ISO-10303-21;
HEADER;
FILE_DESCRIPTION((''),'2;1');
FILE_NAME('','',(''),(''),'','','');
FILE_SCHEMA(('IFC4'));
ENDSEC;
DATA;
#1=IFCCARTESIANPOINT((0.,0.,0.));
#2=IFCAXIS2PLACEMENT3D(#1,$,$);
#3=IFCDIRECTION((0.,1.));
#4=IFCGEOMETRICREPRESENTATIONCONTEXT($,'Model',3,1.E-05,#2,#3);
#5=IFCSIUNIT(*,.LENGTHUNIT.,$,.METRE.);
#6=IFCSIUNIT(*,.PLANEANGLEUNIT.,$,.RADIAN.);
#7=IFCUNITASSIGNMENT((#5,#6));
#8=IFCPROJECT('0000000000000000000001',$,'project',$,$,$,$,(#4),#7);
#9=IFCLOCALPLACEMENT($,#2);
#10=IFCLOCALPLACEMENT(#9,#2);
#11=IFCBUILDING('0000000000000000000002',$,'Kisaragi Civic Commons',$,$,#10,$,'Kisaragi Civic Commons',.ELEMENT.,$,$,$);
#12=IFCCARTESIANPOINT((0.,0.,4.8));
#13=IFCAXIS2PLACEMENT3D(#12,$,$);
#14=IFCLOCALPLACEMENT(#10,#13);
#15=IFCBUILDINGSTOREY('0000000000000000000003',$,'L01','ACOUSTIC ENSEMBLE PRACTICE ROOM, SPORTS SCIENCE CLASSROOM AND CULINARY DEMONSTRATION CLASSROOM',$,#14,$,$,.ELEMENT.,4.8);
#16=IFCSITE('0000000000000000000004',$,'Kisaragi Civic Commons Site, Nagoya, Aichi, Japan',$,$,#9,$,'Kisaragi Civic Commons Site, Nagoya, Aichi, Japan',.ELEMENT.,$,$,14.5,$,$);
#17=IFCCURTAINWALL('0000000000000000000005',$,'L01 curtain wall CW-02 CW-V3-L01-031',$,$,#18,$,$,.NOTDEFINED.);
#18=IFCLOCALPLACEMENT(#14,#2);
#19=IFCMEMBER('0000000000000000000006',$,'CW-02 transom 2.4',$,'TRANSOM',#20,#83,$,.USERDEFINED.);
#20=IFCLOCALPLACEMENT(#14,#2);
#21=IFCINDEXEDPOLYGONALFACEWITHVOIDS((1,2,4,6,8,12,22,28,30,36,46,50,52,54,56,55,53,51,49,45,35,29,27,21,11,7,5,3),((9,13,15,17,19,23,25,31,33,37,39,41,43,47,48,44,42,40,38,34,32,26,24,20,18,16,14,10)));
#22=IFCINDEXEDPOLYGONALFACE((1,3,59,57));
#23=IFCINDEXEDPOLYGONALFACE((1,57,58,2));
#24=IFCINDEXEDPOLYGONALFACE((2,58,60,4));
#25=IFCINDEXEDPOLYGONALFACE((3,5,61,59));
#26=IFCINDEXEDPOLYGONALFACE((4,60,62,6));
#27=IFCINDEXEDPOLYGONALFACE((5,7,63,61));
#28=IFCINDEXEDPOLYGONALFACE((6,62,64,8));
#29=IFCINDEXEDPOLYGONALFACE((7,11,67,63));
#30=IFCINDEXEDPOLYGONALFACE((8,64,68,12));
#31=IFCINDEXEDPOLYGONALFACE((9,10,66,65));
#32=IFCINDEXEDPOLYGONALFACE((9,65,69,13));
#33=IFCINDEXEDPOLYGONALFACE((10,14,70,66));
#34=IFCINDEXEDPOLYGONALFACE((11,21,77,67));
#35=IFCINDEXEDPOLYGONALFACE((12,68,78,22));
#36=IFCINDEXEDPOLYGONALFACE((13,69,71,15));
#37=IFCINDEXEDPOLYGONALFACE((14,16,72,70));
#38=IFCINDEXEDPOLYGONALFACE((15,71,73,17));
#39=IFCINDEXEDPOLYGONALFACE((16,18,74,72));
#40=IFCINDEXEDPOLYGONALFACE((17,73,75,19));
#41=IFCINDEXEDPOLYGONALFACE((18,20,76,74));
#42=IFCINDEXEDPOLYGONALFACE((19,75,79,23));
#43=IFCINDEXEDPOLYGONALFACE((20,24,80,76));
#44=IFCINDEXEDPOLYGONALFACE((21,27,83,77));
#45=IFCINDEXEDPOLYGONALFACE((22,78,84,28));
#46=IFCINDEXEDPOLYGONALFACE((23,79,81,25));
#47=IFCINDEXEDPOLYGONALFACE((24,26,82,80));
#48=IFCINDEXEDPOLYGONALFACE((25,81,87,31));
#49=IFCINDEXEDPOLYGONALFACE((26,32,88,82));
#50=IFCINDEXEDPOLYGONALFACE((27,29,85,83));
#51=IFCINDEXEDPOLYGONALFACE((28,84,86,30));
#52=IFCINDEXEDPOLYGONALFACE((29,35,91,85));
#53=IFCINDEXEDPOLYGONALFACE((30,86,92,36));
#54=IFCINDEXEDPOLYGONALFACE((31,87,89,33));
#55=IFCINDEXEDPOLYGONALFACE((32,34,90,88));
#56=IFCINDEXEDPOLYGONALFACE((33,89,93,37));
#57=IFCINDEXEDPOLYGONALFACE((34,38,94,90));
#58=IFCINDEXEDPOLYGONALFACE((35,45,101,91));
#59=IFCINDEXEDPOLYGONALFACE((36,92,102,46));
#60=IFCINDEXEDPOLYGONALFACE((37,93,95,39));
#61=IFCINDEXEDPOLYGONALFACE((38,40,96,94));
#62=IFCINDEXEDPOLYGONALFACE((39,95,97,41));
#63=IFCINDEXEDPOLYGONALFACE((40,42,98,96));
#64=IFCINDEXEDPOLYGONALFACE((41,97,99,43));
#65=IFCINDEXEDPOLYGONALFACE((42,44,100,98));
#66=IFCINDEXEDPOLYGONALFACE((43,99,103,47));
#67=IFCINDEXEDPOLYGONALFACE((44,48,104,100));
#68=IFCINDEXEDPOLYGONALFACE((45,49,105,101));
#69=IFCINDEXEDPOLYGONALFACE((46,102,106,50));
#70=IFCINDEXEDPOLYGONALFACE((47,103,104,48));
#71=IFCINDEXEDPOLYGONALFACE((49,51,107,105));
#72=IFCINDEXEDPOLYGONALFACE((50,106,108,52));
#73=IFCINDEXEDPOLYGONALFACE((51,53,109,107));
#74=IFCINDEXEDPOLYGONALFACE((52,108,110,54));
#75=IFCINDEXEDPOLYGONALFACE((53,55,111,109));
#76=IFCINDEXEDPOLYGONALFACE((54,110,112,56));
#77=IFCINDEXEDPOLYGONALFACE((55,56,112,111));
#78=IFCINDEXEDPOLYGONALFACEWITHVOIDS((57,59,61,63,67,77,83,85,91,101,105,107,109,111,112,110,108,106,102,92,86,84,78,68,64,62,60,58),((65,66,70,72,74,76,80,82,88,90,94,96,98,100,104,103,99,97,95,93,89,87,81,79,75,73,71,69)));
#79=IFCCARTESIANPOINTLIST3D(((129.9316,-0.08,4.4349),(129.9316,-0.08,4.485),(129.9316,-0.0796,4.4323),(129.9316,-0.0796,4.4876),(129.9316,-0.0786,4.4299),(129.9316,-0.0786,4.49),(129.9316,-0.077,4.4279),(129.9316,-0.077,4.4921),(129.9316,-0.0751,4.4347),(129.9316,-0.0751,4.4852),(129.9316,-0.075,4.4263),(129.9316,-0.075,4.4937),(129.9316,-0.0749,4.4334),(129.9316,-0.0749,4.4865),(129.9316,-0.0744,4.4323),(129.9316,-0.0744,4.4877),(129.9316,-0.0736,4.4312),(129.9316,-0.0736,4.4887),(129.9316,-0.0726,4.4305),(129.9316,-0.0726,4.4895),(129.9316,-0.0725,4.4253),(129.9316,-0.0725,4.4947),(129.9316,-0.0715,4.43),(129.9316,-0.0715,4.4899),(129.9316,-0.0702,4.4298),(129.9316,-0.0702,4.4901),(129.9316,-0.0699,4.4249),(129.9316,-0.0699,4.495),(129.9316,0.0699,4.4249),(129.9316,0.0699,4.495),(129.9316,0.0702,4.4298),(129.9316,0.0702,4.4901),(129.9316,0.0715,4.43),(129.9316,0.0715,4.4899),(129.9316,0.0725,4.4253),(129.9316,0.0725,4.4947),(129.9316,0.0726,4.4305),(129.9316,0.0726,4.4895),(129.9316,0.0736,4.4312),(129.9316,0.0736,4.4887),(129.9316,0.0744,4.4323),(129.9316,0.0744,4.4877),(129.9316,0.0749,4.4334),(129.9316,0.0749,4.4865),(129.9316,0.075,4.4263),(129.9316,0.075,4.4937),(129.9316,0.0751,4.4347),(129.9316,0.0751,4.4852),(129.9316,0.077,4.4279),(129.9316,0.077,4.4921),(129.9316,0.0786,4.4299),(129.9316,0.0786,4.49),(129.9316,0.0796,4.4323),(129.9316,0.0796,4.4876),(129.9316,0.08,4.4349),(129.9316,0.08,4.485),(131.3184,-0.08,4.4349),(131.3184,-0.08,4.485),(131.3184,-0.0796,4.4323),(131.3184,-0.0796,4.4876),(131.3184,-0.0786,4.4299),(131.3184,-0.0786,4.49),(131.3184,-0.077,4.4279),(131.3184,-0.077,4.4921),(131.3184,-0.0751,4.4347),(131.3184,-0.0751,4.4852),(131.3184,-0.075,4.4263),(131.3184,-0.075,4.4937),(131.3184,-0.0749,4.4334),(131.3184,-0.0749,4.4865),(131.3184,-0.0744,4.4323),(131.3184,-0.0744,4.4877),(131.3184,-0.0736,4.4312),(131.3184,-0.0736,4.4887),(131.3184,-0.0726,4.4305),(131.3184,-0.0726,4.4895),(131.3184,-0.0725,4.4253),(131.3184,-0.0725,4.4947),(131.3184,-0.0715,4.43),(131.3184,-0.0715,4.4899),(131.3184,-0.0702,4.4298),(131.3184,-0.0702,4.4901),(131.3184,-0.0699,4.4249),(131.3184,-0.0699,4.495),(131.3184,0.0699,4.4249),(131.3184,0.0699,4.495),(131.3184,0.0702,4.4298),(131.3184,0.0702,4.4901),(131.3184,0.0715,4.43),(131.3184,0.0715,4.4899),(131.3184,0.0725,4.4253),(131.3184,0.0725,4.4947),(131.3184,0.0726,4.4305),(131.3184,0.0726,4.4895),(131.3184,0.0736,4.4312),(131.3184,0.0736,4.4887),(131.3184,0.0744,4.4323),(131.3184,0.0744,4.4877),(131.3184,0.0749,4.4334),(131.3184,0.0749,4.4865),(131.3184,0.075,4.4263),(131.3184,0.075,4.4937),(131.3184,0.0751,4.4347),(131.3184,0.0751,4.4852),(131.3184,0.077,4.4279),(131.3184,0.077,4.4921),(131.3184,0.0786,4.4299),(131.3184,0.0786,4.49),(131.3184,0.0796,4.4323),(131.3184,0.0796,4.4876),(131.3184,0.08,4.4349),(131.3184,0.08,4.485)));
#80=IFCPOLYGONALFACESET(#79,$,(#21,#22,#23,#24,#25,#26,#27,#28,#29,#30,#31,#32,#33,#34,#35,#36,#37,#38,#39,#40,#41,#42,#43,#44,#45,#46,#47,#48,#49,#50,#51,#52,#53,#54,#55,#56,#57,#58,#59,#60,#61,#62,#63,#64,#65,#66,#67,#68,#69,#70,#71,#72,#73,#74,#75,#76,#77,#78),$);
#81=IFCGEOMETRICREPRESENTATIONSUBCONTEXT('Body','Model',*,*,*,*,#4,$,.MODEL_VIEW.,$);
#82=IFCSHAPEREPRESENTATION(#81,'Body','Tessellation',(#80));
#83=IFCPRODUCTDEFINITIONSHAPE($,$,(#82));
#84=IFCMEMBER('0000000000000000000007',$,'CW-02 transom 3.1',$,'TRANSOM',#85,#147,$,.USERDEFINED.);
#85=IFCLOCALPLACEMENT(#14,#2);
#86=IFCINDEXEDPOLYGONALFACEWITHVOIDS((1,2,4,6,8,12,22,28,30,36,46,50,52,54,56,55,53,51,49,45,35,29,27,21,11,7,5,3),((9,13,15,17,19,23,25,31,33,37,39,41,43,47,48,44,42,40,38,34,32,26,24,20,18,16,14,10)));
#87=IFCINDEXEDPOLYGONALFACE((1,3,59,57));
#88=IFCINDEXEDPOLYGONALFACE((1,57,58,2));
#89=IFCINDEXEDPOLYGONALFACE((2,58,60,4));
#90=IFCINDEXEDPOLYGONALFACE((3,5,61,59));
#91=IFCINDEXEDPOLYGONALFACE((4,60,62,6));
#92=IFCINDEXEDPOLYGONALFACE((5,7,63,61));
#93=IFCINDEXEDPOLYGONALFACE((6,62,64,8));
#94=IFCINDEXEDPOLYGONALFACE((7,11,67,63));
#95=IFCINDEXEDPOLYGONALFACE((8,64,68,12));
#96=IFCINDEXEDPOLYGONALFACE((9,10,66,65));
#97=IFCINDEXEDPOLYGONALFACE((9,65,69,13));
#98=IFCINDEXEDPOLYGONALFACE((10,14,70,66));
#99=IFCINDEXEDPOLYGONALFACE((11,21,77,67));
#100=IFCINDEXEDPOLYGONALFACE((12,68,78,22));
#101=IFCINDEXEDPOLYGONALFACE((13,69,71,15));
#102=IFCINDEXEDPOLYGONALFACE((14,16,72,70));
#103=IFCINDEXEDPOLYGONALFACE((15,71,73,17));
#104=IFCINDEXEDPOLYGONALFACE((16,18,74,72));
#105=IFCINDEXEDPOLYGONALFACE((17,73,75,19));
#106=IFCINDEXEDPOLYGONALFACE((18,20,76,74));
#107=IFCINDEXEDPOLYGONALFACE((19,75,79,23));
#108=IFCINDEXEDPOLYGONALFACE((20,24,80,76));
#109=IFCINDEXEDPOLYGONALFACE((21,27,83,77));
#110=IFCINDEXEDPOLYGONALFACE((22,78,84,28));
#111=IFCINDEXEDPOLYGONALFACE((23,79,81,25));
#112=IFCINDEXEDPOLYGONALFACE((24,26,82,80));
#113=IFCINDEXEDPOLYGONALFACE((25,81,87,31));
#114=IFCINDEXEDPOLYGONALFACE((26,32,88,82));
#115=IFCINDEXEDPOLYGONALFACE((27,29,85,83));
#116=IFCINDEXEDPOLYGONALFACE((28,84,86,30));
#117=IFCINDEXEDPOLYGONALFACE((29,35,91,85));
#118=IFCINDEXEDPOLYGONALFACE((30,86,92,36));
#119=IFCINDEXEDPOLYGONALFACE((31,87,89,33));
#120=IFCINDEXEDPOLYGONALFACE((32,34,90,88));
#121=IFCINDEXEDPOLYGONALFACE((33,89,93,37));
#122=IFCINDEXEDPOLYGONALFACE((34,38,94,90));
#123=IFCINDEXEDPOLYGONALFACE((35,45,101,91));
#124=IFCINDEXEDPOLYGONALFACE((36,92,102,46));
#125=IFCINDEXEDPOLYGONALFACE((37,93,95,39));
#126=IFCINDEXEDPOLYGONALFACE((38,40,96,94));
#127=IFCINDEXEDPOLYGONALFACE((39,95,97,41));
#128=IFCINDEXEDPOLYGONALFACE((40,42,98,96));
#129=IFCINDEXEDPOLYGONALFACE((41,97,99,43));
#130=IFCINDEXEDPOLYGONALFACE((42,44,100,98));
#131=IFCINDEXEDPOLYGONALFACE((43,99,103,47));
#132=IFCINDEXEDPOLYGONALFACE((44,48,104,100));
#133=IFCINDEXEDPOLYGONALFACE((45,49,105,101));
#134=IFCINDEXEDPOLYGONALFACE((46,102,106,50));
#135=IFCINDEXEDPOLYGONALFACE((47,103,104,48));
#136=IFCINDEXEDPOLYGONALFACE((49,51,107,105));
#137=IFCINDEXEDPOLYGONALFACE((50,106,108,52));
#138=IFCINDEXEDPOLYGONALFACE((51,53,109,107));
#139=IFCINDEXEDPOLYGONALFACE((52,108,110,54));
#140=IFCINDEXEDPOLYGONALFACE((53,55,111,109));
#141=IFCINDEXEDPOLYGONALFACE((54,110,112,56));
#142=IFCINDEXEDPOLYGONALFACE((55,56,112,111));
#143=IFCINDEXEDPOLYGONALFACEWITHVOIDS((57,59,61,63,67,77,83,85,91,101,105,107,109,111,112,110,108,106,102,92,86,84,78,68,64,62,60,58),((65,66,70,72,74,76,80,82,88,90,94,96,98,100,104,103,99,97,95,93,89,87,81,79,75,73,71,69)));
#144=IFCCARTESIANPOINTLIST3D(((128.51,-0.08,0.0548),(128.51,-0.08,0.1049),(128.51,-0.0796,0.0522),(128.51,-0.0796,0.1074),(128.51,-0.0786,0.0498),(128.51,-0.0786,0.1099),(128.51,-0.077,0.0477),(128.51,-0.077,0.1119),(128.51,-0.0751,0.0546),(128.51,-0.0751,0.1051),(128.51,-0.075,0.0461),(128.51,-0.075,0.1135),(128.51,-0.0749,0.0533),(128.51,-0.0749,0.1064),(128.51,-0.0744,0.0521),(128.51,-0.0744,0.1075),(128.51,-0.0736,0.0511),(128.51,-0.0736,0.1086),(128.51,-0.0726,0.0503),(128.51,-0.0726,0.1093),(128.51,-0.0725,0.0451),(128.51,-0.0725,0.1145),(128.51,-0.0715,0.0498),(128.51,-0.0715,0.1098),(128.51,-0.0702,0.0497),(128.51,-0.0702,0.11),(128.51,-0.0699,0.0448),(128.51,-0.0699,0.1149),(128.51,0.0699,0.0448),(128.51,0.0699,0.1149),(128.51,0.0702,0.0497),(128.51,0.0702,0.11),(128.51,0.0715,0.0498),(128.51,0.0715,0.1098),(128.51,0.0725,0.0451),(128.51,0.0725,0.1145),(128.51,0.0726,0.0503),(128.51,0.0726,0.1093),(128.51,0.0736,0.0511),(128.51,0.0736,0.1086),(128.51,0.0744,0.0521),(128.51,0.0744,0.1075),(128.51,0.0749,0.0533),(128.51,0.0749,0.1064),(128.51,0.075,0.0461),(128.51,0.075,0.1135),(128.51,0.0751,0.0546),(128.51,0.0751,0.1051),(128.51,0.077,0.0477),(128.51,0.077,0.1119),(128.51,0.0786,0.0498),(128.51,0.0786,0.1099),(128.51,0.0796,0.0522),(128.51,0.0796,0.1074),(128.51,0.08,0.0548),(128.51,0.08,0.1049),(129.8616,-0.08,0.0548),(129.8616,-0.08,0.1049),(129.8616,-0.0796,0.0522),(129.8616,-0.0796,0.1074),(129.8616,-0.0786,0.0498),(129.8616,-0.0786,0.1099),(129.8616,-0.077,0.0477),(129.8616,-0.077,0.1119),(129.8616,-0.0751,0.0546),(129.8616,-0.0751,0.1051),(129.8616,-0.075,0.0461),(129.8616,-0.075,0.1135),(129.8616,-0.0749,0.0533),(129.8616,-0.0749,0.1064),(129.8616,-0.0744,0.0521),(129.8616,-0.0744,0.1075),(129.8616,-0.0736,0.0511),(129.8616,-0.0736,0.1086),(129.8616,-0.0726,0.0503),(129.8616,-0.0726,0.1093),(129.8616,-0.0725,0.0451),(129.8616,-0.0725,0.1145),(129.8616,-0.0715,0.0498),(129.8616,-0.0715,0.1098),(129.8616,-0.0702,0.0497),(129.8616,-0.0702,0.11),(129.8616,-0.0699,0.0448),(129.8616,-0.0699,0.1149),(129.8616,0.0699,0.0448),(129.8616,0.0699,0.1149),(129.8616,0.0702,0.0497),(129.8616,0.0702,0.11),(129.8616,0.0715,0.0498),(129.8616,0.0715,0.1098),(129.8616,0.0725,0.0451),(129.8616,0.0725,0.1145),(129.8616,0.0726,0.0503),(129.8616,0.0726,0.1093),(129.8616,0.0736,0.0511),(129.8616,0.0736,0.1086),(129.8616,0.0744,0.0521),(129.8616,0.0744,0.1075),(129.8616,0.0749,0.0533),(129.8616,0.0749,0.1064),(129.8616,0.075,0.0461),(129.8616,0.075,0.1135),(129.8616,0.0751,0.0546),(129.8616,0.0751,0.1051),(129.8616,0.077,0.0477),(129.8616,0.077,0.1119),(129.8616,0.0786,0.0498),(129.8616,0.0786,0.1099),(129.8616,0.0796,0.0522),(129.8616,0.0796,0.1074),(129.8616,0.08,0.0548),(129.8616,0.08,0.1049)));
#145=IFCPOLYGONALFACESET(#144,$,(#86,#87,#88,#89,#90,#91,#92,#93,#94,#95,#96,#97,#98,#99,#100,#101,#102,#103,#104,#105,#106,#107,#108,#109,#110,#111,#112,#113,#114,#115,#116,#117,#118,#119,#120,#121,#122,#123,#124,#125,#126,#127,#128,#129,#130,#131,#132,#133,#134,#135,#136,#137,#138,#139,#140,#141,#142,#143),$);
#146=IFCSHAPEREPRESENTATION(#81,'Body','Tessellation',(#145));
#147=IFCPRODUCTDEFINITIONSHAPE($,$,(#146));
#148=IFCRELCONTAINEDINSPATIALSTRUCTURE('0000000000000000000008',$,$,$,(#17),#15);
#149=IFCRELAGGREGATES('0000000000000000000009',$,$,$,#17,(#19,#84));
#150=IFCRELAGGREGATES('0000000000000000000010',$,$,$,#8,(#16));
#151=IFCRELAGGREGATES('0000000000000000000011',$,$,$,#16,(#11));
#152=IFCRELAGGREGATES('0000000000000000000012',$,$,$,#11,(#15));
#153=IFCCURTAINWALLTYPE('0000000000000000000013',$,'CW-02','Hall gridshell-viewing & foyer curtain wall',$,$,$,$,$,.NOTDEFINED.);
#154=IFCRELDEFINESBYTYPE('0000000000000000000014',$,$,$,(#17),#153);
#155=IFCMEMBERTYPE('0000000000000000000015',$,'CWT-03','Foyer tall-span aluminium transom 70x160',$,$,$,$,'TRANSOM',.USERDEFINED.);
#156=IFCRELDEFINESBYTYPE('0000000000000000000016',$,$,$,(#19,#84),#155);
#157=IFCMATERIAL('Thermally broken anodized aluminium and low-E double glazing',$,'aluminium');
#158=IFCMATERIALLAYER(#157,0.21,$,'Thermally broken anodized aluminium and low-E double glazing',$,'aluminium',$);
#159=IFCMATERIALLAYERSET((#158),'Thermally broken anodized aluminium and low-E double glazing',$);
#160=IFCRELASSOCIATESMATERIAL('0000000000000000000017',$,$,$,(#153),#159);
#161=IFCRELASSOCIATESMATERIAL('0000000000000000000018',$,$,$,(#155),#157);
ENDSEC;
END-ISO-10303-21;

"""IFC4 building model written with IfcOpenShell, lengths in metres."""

from ifc_helpers import new_model, si_unit, direction, frame, origin, origin_2d, place, context, subcontext, project, spatial, hollow_rectangle, extrude, material, layer, layer_set, material_profile, profile_set, type_object, element, aggregate, save


model = new_model("IFC4")

# Units and contexts
model_context = context("Model", 3, precision=1e-05, world=origin(), true_north=direction((0.0, 1.0)))
body_context = subcontext(model_context, "Body", "Model", "MODEL_VIEW")
ifc_project = project(units=[si_unit("LENGTHUNIT", "METRE"), si_unit("PLANEANGLEUNIT", "RADIAN")], contexts=[model_context])

# Site, building, storey
site_placement = place(None, origin())
site = spatial("IfcSite", under=ifc_project, at=site_placement, Name="Kisaragi Civic Commons Site, Nagoya, Aichi, Japan", LongName="Kisaragi Civic Commons Site, Nagoya, Aichi, Japan", CompositionType="ELEMENT", RefElevation=14.5)
building_placement = place(site_placement, origin())
building = spatial("IfcBuilding", under=site, at=building_placement, Name="Kisaragi Civic Commons", LongName="Kisaragi Civic Commons", CompositionType="ELEMENT")
storey_placement = place(building_placement, frame((0.0, 0.0, 4.8)))
storey = spatial("IfcBuildingStorey", under=building, at=storey_placement, Name="L01", Description="ACOUSTIC ENSEMBLE PRACTICE ROOM, SPORTS SCIENCE CLASSROOM AND CULINARY DEMONSTRATION CLASSROOM", CompositionType="ELEMENT", Elevation=4.8)

# Curtain wall
ifc_material_1 = material(Name="Thermally broken anodized aluminium and low-E double glazing", Category="aluminium")
ifc_layer_1 = layer(ifc_material_1, 0.21, Name="Thermally broken anodized aluminium and low-E double glazing", Category="aluminium")
ifc_layer_set_1 = layer_set([ifc_layer_1], Name="Thermally broken anodized aluminium and low-E double glazing")
curtain_wall_type = type_object("IfcCurtainWallType", Name="CW-02", Description="Hall gridshell-viewing & foyer curtain wall", PredefinedType="NOTDEFINED", material=ifc_layer_set_1)
curtain_wall_1_placement = place(storey_placement, origin())
curtain_wall_1 = element("IfcCurtainWall", 1, at=curtain_wall_1_placement, inside=storey, type_object=curtain_wall_type, Name="L01 curtain wall CW-02 CW-V3-L01-031", PredefinedType="NOTDEFINED")

# Members
ifc_material_profile_1 = material_profile(ifc_material_1, hollow_rectangle(XDim=0.1599, YDim=0.0701, WallThickness=0.0049, InnerFilletRadius=0.0049, OuterFilletRadius=0.01, at=origin_2d()), Name="CWT-70x160x5", Category="aluminium")
ifc_profile_set_1 = profile_set([ifc_material_profile_1], Name="Thermally broken anodized aluminium and low-E double glazing")
member_type_1 = type_object("IfcMemberType", Name="CWT-03", Description="Foyer tall-span aluminium transom 70x160", ElementType="TRANSOM", PredefinedType="USERDEFINED", material=ifc_profile_set_1)
member_1_placement = place(storey_placement, frame((131.3184, 0.0, 4.46), z_axis=(-1.0, 0.0, 0.0), x_axis=(0.0, -1.0, 0.0)))
member_1 = element("IfcMember", 2, at=member_1_placement, type_object=member_type_1, Name="CW-02 transom 2.4", ObjectType="TRANSOM", PredefinedType="USERDEFINED", context=body_context, shape_type="SweptSolid", body=[
    extrude(hollow_rectangle(XDim=0.1599, YDim=0.0701, WallThickness=0.0049, InnerFilletRadius=0.0049, OuterFilletRadius=0.01, at=origin_2d()), origin(), (0.0, 0.0, 1.0), 1.3867),
])
member_2_placement = place(storey_placement, frame((129.8616, 0.0, 0.0798), z_axis=(-1.0, 0.0, 0.0), x_axis=(0.0, -1.0, 0.0)))
member_2 = element("IfcMember", 3, at=member_2_placement, type_object=member_type_1, Name="CW-02 transom 3.1", ObjectType="TRANSOM", PredefinedType="USERDEFINED", context=body_context, shape_type="SweptSolid", body=[
    extrude(hollow_rectangle(XDim=0.1599, YDim=0.0701, WallThickness=0.0049, InnerFilletRadius=0.0049, OuterFilletRadius=0.01, at=origin_2d()), origin(), (0.0, 0.0, 1.0), 1.3516),
])

aggregate(curtain_wall_1, [member_1, member_2])

save(model, "model.ifc")
